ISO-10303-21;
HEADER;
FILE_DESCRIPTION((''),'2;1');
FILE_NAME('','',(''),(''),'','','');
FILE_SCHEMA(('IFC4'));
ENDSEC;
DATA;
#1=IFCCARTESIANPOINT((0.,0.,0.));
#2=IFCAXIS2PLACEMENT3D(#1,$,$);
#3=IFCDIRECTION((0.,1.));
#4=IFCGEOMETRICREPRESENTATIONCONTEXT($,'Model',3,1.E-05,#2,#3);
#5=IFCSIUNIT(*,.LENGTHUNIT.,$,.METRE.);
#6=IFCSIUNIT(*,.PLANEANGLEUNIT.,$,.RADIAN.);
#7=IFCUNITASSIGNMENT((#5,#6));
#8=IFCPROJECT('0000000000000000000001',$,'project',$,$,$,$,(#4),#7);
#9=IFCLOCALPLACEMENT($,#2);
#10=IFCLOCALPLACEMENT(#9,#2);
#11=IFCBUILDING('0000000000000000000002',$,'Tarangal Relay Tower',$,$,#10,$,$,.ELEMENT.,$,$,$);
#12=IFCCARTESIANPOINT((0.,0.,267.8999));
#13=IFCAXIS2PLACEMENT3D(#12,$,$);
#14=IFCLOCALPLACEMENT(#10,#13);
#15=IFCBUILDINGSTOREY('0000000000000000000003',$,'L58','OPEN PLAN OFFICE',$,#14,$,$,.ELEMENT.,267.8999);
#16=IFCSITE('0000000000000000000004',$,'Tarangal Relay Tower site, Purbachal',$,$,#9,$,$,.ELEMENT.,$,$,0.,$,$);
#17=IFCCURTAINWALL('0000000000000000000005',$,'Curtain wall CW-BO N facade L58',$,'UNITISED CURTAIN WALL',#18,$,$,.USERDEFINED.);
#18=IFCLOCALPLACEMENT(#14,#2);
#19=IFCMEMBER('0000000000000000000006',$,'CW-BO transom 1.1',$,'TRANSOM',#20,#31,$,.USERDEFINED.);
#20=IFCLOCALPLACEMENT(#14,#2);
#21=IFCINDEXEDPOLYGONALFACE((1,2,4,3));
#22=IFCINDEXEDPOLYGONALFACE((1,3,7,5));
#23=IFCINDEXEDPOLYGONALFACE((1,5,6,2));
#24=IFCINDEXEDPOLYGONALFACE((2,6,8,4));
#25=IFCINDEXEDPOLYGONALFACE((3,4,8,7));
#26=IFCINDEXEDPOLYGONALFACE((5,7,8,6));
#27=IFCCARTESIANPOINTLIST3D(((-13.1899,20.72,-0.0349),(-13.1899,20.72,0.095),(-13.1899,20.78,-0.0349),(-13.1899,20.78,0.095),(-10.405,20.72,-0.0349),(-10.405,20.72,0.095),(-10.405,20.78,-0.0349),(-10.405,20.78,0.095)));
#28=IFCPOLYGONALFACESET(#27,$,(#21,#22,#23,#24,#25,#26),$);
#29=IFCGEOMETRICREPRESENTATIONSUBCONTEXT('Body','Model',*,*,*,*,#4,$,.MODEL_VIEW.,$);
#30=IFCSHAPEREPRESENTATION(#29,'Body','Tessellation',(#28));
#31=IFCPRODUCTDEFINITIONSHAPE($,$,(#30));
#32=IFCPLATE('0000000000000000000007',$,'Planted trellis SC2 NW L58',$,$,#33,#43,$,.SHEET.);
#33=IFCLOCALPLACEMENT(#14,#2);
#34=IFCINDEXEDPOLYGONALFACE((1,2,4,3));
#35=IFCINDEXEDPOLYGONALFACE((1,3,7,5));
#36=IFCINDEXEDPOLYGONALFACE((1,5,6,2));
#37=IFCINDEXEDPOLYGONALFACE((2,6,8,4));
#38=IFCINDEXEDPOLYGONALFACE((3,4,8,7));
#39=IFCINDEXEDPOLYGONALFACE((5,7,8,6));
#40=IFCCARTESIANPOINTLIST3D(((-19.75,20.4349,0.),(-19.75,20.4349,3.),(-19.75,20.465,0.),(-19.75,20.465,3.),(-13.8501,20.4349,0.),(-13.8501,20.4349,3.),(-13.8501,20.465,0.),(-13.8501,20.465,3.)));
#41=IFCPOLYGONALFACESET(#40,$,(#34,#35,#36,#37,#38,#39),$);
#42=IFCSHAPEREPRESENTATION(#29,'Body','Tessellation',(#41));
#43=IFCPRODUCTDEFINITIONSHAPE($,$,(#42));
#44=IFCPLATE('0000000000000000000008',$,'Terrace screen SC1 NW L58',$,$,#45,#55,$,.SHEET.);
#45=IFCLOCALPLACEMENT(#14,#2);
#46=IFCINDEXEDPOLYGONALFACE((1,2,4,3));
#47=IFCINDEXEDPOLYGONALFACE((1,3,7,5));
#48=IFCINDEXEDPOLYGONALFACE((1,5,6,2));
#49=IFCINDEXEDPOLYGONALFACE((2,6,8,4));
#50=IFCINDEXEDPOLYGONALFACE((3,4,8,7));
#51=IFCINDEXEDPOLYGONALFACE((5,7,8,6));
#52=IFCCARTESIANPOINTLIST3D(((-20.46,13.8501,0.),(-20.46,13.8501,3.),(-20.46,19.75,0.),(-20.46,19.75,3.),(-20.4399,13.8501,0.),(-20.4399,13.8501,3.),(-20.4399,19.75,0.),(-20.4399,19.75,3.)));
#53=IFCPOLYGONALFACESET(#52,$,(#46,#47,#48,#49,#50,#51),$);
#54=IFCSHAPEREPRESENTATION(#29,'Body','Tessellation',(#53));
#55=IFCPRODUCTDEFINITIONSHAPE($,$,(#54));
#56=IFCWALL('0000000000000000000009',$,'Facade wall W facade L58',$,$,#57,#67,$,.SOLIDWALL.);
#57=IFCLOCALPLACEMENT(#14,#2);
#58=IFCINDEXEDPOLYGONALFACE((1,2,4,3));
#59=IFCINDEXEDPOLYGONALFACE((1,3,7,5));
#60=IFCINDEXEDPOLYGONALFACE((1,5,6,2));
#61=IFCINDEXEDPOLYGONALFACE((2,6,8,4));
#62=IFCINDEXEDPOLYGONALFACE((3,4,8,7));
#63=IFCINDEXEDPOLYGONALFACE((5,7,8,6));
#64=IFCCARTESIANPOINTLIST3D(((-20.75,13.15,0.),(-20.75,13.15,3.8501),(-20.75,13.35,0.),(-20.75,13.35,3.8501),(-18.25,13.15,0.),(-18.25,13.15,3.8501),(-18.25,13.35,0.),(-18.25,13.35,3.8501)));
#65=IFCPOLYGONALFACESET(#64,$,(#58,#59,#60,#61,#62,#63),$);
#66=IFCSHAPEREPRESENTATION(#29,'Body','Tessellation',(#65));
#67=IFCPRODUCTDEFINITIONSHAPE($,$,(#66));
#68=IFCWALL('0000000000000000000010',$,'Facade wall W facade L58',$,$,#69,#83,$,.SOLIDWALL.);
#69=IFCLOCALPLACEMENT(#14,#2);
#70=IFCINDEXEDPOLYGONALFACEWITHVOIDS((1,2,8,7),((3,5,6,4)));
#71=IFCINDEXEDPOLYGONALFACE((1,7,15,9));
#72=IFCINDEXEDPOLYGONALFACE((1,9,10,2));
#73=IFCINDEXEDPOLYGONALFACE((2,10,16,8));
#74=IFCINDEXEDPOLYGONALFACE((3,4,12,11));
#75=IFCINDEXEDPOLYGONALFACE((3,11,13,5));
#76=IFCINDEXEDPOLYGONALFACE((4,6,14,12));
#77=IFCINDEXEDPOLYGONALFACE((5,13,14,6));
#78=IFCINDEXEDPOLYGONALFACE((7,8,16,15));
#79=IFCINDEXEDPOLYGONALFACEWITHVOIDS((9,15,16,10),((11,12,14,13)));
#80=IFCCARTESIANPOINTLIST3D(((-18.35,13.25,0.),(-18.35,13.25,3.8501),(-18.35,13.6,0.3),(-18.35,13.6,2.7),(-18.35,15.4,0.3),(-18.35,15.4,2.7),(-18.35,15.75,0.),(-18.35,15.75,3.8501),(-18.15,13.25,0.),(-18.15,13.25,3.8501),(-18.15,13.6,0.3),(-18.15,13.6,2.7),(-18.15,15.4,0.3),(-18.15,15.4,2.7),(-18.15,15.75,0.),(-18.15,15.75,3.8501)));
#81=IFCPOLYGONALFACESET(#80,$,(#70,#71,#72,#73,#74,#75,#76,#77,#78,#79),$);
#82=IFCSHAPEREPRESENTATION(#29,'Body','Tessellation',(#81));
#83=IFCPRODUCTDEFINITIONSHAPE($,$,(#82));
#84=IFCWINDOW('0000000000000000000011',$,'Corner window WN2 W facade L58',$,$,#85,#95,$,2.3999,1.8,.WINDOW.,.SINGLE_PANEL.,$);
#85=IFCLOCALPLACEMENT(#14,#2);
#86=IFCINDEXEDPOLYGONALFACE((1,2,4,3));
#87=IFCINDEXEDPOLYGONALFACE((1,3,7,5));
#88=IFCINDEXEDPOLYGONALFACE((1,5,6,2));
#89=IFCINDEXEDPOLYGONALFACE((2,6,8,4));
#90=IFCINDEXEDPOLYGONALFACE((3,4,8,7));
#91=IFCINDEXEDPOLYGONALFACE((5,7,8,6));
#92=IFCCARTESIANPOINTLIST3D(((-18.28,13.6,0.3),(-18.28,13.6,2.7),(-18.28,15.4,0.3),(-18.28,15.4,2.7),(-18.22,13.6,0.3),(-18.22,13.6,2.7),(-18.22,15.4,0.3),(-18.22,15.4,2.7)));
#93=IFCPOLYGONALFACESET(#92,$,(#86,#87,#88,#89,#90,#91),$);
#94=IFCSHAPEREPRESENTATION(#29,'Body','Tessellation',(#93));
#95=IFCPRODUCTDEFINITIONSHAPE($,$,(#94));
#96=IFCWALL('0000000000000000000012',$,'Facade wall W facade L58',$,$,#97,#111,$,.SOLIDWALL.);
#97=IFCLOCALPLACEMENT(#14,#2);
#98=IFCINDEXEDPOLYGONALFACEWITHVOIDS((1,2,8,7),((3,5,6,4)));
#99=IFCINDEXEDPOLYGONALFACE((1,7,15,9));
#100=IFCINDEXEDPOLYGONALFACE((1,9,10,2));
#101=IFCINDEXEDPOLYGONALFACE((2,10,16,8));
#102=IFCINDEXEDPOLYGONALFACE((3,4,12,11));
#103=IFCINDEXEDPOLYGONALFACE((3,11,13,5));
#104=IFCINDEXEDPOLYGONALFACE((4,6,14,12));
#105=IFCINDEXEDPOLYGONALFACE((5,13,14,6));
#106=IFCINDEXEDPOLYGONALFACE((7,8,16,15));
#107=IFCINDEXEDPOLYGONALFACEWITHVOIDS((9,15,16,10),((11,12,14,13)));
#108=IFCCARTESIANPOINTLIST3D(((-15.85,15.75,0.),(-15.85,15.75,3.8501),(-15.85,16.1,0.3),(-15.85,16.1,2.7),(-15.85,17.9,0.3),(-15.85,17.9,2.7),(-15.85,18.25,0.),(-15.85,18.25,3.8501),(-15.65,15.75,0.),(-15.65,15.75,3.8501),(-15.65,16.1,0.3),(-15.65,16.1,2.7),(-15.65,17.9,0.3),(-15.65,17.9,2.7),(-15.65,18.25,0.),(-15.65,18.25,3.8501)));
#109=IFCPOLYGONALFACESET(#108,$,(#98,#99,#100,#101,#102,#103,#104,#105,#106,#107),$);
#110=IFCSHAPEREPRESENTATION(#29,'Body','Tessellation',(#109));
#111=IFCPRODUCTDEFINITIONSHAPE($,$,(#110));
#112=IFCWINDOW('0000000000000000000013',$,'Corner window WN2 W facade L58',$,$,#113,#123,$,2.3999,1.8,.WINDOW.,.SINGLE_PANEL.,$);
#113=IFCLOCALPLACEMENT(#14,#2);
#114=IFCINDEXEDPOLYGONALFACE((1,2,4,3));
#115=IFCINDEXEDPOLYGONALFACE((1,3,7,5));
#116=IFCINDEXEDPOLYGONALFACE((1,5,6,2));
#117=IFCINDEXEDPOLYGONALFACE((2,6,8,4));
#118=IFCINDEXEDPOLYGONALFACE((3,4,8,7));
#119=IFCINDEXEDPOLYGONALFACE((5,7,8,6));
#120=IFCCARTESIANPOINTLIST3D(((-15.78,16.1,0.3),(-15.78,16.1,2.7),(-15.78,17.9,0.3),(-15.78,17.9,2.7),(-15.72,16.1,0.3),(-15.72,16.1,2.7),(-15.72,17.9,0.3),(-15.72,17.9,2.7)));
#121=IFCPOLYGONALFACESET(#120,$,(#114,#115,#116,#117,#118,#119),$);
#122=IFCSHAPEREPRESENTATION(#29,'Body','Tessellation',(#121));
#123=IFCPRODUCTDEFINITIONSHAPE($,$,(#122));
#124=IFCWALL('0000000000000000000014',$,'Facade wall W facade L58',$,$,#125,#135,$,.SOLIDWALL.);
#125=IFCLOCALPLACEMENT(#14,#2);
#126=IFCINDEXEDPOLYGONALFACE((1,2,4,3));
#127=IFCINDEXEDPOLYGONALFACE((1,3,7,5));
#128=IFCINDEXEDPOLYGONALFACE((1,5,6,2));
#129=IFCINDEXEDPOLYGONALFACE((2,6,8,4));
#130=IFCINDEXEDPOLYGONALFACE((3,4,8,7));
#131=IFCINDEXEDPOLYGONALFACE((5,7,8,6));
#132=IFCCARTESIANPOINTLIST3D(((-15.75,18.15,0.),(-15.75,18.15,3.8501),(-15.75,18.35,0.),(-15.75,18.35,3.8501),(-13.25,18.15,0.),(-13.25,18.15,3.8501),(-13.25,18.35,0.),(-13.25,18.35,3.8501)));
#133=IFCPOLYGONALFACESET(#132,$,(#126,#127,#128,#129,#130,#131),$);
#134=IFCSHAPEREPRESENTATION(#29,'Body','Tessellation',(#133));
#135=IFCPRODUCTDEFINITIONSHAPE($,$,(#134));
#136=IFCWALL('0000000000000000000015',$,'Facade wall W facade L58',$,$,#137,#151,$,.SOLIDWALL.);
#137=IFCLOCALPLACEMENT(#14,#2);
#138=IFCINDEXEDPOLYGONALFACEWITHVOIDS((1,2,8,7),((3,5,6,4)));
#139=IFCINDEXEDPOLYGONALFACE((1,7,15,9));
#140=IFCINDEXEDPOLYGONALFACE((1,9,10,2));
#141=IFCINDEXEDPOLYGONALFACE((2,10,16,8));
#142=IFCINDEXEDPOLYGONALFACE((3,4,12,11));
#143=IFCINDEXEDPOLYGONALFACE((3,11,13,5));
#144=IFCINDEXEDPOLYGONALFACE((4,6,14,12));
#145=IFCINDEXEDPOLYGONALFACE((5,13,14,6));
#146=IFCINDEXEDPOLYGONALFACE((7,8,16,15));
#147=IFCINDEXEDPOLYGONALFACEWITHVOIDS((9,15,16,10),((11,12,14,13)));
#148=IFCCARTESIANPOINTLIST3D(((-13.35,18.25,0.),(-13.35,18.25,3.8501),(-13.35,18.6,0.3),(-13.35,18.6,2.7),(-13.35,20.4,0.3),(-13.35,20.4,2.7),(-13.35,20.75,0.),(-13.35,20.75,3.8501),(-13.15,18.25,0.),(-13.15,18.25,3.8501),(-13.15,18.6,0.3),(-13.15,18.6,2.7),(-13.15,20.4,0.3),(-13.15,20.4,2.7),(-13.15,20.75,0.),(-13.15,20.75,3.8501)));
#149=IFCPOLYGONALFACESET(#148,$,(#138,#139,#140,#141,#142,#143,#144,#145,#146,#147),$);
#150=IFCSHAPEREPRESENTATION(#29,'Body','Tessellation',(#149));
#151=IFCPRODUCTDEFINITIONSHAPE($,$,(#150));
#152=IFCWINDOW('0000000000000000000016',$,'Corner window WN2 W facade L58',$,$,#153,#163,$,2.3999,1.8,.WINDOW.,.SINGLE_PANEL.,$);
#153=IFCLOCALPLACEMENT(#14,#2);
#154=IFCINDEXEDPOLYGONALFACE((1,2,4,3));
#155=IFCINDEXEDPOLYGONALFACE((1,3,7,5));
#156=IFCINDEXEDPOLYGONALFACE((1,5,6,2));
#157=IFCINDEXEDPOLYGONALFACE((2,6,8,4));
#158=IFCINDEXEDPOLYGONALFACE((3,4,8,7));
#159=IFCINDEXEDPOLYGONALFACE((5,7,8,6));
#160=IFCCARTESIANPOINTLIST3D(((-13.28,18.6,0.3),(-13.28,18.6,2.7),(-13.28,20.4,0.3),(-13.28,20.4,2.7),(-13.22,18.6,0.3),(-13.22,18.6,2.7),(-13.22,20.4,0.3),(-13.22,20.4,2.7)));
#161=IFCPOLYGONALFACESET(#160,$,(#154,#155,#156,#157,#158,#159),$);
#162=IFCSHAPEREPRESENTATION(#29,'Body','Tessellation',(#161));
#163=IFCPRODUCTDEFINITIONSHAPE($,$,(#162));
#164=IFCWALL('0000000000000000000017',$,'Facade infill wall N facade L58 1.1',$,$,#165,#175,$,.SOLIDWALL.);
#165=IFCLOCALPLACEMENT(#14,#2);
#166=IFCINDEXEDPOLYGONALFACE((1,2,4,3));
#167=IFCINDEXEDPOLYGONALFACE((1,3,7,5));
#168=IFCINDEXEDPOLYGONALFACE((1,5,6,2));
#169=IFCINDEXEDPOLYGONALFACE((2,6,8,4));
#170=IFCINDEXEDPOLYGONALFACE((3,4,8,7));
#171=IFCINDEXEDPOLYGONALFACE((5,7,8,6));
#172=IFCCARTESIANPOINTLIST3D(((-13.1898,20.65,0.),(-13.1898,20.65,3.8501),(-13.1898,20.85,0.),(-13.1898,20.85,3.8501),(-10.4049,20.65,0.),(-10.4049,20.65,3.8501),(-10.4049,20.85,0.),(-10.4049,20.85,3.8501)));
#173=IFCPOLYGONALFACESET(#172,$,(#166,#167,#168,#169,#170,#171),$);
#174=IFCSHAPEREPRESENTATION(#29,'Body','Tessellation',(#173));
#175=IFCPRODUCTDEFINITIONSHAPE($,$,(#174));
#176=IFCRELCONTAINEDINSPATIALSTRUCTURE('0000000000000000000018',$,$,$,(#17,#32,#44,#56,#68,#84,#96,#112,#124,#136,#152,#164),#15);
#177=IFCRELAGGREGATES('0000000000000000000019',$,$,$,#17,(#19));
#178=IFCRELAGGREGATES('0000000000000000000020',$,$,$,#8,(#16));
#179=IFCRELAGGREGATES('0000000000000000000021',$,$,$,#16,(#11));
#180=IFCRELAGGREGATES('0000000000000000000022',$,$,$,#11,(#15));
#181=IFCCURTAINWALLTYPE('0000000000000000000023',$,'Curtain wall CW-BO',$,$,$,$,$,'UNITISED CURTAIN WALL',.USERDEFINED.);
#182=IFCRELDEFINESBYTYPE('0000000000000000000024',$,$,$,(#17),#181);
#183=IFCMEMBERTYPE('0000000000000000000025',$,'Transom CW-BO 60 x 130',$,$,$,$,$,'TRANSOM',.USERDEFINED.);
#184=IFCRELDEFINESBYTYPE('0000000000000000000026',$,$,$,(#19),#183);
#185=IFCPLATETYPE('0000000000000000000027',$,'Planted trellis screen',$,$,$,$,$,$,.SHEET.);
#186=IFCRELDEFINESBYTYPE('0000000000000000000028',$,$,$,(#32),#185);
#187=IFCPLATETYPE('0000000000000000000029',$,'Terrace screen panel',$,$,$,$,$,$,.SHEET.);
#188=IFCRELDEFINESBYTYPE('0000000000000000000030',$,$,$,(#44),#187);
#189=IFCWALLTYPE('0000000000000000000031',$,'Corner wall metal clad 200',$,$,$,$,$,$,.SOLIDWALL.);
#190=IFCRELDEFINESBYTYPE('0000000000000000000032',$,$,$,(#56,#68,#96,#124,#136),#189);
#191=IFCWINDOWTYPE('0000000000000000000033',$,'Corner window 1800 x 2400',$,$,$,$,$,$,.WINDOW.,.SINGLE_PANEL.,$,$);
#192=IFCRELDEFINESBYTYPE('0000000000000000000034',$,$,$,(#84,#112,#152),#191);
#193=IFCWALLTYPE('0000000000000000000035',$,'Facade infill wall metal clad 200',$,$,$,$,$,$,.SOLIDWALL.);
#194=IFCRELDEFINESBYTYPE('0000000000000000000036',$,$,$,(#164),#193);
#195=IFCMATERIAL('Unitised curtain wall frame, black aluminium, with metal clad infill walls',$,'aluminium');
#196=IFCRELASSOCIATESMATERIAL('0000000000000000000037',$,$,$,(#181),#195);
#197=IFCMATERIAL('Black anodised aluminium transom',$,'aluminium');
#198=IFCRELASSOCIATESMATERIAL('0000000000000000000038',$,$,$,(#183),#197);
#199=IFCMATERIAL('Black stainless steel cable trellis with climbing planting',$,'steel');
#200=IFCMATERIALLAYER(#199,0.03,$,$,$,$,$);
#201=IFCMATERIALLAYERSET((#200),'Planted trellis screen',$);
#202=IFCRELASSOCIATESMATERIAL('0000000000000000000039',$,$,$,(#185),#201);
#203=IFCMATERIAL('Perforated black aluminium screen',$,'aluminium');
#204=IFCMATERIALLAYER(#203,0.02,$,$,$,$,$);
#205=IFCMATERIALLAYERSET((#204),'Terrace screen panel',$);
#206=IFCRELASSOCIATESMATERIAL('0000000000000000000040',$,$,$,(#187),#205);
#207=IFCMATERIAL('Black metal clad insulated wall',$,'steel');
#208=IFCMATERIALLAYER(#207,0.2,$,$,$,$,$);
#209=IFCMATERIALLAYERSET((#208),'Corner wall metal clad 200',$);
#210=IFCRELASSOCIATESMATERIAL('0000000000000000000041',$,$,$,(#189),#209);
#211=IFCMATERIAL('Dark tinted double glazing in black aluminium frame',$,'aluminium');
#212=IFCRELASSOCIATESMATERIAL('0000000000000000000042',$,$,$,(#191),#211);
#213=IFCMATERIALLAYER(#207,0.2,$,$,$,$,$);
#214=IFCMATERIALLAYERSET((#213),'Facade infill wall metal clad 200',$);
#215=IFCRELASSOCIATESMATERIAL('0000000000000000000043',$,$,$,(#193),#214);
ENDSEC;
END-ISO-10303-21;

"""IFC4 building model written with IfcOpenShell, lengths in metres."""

from ifc_helpers import new_model, si_unit, direction, frame, frame_2d, origin, origin_2d, place, context, subcontext, project, spatial, rectangle, extrude, material, layer, layer_set, material_profile, profile_set, type_object, element, fill, aggregate, save


model = new_model("IFC4")

# Units and contexts
model_context = context("Model", 3, precision=1e-05, world=origin(), true_north=direction((0.0, 1.0)))
body_context = subcontext(model_context, "Body", "Model", "MODEL_VIEW")
ifc_project = project(units=[si_unit("LENGTHUNIT", "METRE"), si_unit("PLANEANGLEUNIT", "RADIAN")], contexts=[model_context])

# Site, building, storey
site_placement = place(None, origin())
site = spatial("IfcSite", under=ifc_project, at=site_placement, Name="Tarangal Relay Tower site, Purbachal", CompositionType="ELEMENT", RefElevation=0.0)
building_placement = place(site_placement, origin())
building = spatial("IfcBuilding", under=site, at=building_placement, Name="Tarangal Relay Tower", CompositionType="ELEMENT")
storey_placement = place(building_placement, frame((0.0, 0.0, 267.8999)))
storey = spatial("IfcBuildingStorey", under=building, at=storey_placement, Name="L58", Description="OPEN PLAN OFFICE", CompositionType="ELEMENT", Elevation=267.8999)

# Curtain wall
ifc_material_1 = material(Name="Unitised curtain wall frame, black aluminium, with metal clad infill walls", Category="aluminium")
curtain_wall_type = type_object("IfcCurtainWallType", Name="Curtain wall CW-BO", ElementType="UNITISED CURTAIN WALL", PredefinedType="USERDEFINED", material=ifc_material_1)
curtain_wall_1_placement = place(storey_placement, origin())
curtain_wall_1 = element("IfcCurtainWall", 1, at=curtain_wall_1_placement, inside=storey, type_object=curtain_wall_type, Name="Curtain wall CW-BO N facade L58", ObjectType="UNITISED CURTAIN WALL", PredefinedType="USERDEFINED")

# Member
ifc_material_2 = material(Name="Black anodised aluminium transom", Category="aluminium")
ifc_material_profile_1 = material_profile(ifc_material_2, rectangle(XDim=0.0601, YDim=0.1299, at=origin_2d()), Name="CW-BOT 60X130")
ifc_profile_set_1 = profile_set([ifc_material_profile_1], Name="Black anodised aluminium transom")
member_type_1 = type_object("IfcMemberType", Name="Transom CW-BO 60 x 130", ElementType="TRANSOM", PredefinedType="USERDEFINED", material=ifc_profile_set_1)
member_1_placement = place(storey_placement, frame((-13.1899, 20.75, 0.03), z_axis=(1.0, 0.0, 0.0), x_axis=(0.0, 1.0, 0.0)))
member_1 = element("IfcMember", 2, at=member_1_placement, type_object=member_type_1, Name="CW-BO transom 1.1", ObjectType="TRANSOM", PredefinedType="USERDEFINED", context=body_context, shape_type="SweptSolid", body=[
    extrude(rectangle(XDim=0.0601, YDim=0.1299, at=origin_2d()), origin(), (0.0, 0.0, 1.0), 2.7849),
])
aggregate(curtain_wall_1, [member_1])

# Plates
ifc_material_3 = material(Name="Black stainless steel cable trellis with climbing planting", Category="steel")
ifc_layer_1 = layer(ifc_material_3, 0.03)
ifc_layer_set_1 = layer_set([ifc_layer_1], Name="Planted trellis screen")
plate_type_1 = type_object("IfcPlateType", Name="Planted trellis screen", PredefinedType="SHEET", material=ifc_layer_set_1)
plate_1_placement = place(storey_placement, frame((-16.8, 20.45, 0.0), z_axis=(0.0, 0.0, 1.0), x_axis=(1.0, 0.0, 0.0)))
element("IfcPlate", 3, at=plate_1_placement, inside=storey, type_object=plate_type_1, Name="Planted trellis SC2 NW L58", PredefinedType="SHEET", context=body_context, shape_type="SweptSolid", body=[
    extrude(rectangle(XDim=5.8999, YDim=0.03, at=origin_2d()), origin(), (0.0, 0.0, 1.0), 3.0),
])
ifc_material_4 = material(Name="Perforated black aluminium screen", Category="aluminium")
ifc_layer_2 = layer(ifc_material_4, 0.02)
ifc_layer_set_2 = layer_set([ifc_layer_2], Name="Terrace screen panel")
plate_type_2 = type_object("IfcPlateType", Name="Terrace screen panel", PredefinedType="SHEET", material=ifc_layer_set_2)
plate_2_placement = place(storey_placement, frame((-20.45, 16.8, 0.0), z_axis=(0.0, 0.0, 1.0), x_axis=(0.0, 1.0, 0.0)))
element("IfcPlate", 4, at=plate_2_placement, inside=storey, type_object=plate_type_2, Name="Terrace screen SC1 NW L58", PredefinedType="SHEET", context=body_context, shape_type="SweptSolid", body=[
    extrude(rectangle(XDim=5.8999, YDim=0.02, at=origin_2d()), origin(), (0.0, 0.0, 1.0), 3.0),
])

# Wall
ifc_material_5 = material(Name="Black metal clad insulated wall", Category="steel")
ifc_layer_3 = layer(ifc_material_5, 0.2)
ifc_layer_set_3 = layer_set([ifc_layer_3], Name="Corner wall metal clad 200")
wall_type_1 = type_object("IfcWallType", Name="Corner wall metal clad 200", PredefinedType="SOLIDWALL", material=ifc_layer_set_3)
wall_1_placement = place(storey_placement, frame((-20.75, 13.25, 0.0), z_axis=(0.0, 0.0, 1.0), x_axis=(1.0, 0.0, 0.0)))
element("IfcWall", 5, at=wall_1_placement, inside=storey, type_object=wall_type_1, Name="Facade wall W facade L58", PredefinedType="SOLIDWALL", context=body_context, shape_type="SweptSolid", body=[
    extrude(rectangle(XDim=2.5, YDim=0.2, at=frame_2d((1.25, 0.0))), origin(), (0.0, 0.0, 1.0), 3.8501),
])

# Wall, opening, window
wall_2_placement = place(storey_placement, frame((-18.25, 13.25, 0.0), z_axis=(0.0, 0.0, 1.0), x_axis=(0.0, 1.0, 0.0)))
wall_2 = element("IfcWall", 6, at=wall_2_placement, inside=storey, type_object=wall_type_1, Name="Facade wall W facade L58", PredefinedType="SOLIDWALL", context=body_context, shape_type="SweptSolid", body=[
    extrude(rectangle(XDim=2.5, YDim=0.2, at=frame_2d((1.25, 0.0))), origin(), (0.0, 0.0, 1.0), 3.8501),
])
opening_1_placement = place(wall_2_placement, frame((0.3501, 0.0, 0.3)))
opening_1 = element("IfcOpeningElement", 7, at=opening_1_placement, cuts=wall_2, PredefinedType="OPENING", context=body_context, shape_type="SweptSolid", body=[
    extrude(rectangle(XDim=1.8, YDim=2.3999, at=frame_2d((0.8999, 1.2))), frame((0.0, 0.1099, 0.0), z_axis=(0.0, -1.0, 0.0), x_axis=(1.0, 0.0, 0.0)), (0.0, 0.0, 1.0), 0.22),
])
ifc_material_6 = material(Name="Dark tinted double glazing in black aluminium frame", Category="aluminium")
window_type = type_object("IfcWindowType", Name="Corner window 1800 x 2400", PartitioningType="SINGLE_PANEL", PredefinedType="WINDOW", material=ifc_material_6)
window_1_placement = place(opening_1_placement, origin())
window_1 = element("IfcWindow", 8, at=window_1_placement, inside=storey, type_object=window_type, Name="Corner window WN2 W facade L58", OverallHeight=2.3999, OverallWidth=1.8, PartitioningType="SINGLE_PANEL", PredefinedType="WINDOW", context=body_context, shape_type="SweptSolid", body=[
    extrude(rectangle(XDim=1.8, YDim=2.3999, at=frame_2d((0.8999, 1.2))), frame((0.0, 0.03, 0.0), z_axis=(0.0, -1.0, 0.0), x_axis=(1.0, 0.0, 0.0)), (0.0, 0.0, 1.0), 0.0601),
])
fill(opening_1, window_1)

# Wall, opening, window
wall_3_placement = place(storey_placement, frame((-15.75, 15.75, 0.0), z_axis=(0.0, 0.0, 1.0), x_axis=(0.0, 1.0, 0.0)))
wall_3 = element("IfcWall", 9, at=wall_3_placement, inside=storey, type_object=wall_type_1, Name="Facade wall W facade L58", PredefinedType="SOLIDWALL", context=body_context, shape_type="SweptSolid", body=[
    extrude(rectangle(XDim=2.5, YDim=0.2, at=frame_2d((1.25, 0.0))), origin(), (0.0, 0.0, 1.0), 3.8501),
])
opening_2_placement = place(wall_3_placement, frame((0.3501, 0.0, 0.3)))
opening_2 = element("IfcOpeningElement", 10, at=opening_2_placement, cuts=wall_3, PredefinedType="OPENING", context=body_context, shape_type="SweptSolid", body=[
    extrude(rectangle(XDim=1.8, YDim=2.3999, at=frame_2d((0.8999, 1.2))), frame((0.0, 0.1099, 0.0), z_axis=(0.0, -1.0, 0.0), x_axis=(1.0, 0.0, 0.0)), (0.0, 0.0, 1.0), 0.22),
])
window_2_placement = place(opening_2_placement, origin())
window_2 = element("IfcWindow", 11, at=window_2_placement, inside=storey, type_object=window_type, Name="Corner window WN2 W facade L58", OverallHeight=2.3999, OverallWidth=1.8, PartitioningType="SINGLE_PANEL", PredefinedType="WINDOW", context=body_context, shape_type="SweptSolid", body=[
    extrude(rectangle(XDim=1.8, YDim=2.3999, at=frame_2d((0.8999, 1.2))), frame((0.0, 0.03, 0.0), z_axis=(0.0, -1.0, 0.0), x_axis=(1.0, 0.0, 0.0)), (0.0, 0.0, 1.0), 0.0601),
])
fill(opening_2, window_2)

# Wall
wall_4_placement = place(storey_placement, frame((-15.75, 18.25, 0.0), z_axis=(0.0, 0.0, 1.0), x_axis=(1.0, 0.0, 0.0)))
element("IfcWall", 12, at=wall_4_placement, inside=storey, type_object=wall_type_1, Name="Facade wall W facade L58", PredefinedType="SOLIDWALL", context=body_context, shape_type="SweptSolid", body=[
    extrude(rectangle(XDim=2.5, YDim=0.2, at=frame_2d((1.25, 0.0))), origin(), (0.0, 0.0, 1.0), 3.8501),
])

# Wall, opening, window
wall_5_placement = place(storey_placement, frame((-13.25, 18.25, 0.0), z_axis=(0.0, 0.0, 1.0), x_axis=(0.0, 1.0, 0.0)))
wall_5 = element("IfcWall", 13, at=wall_5_placement, inside=storey, type_object=wall_type_1, Name="Facade wall W facade L58", PredefinedType="SOLIDWALL", context=body_context, shape_type="SweptSolid", body=[
    extrude(rectangle(XDim=2.5, YDim=0.2, at=frame_2d((1.25, 0.0))), origin(), (0.0, 0.0, 1.0), 3.8501),
])
opening_3_placement = place(wall_5_placement, frame((0.3501, 0.0, 0.3)))
opening_3 = element("IfcOpeningElement", 14, at=opening_3_placement, cuts=wall_5, PredefinedType="OPENING", context=body_context, shape_type="SweptSolid", body=[
    extrude(rectangle(XDim=1.8, YDim=2.3999, at=frame_2d((0.8999, 1.2))), frame((0.0, 0.1099, 0.0), z_axis=(0.0, -1.0, 0.0), x_axis=(1.0, 0.0, 0.0)), (0.0, 0.0, 1.0), 0.22),
])
window_3_placement = place(opening_3_placement, origin())
window_3 = element("IfcWindow", 15, at=window_3_placement, inside=storey, type_object=window_type, Name="Corner window WN2 W facade L58", OverallHeight=2.3999, OverallWidth=1.8, PartitioningType="SINGLE_PANEL", PredefinedType="WINDOW", context=body_context, shape_type="SweptSolid", body=[
    extrude(rectangle(XDim=1.8, YDim=2.3999, at=frame_2d((0.8999, 1.2))), frame((0.0, 0.03, 0.0), z_axis=(0.0, -1.0, 0.0), x_axis=(1.0, 0.0, 0.0)), (0.0, 0.0, 1.0), 0.0601),
])
fill(opening_3, window_3)

# Wall
ifc_layer_4 = layer(ifc_material_5, 0.2)
ifc_layer_set_4 = layer_set([ifc_layer_4], Name="Facade infill wall metal clad 200")
wall_type_2 = type_object("IfcWallType", Name="Facade infill wall metal clad 200", PredefinedType="SOLIDWALL", material=ifc_layer_set_4)
for number, where, z_axis, x_axis, name in (
    (16, (-13.1899, 20.75, 0.0), (0.0, 0.0, 1.0), (1.0, 0.0, 0.0), "Facade infill wall N facade L58 1.1"),
):
    element("IfcWall", number, at=place(storey_placement, frame(where, z_axis=z_axis, x_axis=x_axis)), inside=storey, type_object=wall_type_2, Name=name, PredefinedType="SOLIDWALL", context=body_context, shape_type="SweptSolid", body=[
        extrude(rectangle(XDim=2.7849, YDim=0.2, at=frame_2d((1.3926, 0.0))), origin(), (0.0, 0.0, 1.0), 3.8501),
    ])

save(model, "model.ifc")
